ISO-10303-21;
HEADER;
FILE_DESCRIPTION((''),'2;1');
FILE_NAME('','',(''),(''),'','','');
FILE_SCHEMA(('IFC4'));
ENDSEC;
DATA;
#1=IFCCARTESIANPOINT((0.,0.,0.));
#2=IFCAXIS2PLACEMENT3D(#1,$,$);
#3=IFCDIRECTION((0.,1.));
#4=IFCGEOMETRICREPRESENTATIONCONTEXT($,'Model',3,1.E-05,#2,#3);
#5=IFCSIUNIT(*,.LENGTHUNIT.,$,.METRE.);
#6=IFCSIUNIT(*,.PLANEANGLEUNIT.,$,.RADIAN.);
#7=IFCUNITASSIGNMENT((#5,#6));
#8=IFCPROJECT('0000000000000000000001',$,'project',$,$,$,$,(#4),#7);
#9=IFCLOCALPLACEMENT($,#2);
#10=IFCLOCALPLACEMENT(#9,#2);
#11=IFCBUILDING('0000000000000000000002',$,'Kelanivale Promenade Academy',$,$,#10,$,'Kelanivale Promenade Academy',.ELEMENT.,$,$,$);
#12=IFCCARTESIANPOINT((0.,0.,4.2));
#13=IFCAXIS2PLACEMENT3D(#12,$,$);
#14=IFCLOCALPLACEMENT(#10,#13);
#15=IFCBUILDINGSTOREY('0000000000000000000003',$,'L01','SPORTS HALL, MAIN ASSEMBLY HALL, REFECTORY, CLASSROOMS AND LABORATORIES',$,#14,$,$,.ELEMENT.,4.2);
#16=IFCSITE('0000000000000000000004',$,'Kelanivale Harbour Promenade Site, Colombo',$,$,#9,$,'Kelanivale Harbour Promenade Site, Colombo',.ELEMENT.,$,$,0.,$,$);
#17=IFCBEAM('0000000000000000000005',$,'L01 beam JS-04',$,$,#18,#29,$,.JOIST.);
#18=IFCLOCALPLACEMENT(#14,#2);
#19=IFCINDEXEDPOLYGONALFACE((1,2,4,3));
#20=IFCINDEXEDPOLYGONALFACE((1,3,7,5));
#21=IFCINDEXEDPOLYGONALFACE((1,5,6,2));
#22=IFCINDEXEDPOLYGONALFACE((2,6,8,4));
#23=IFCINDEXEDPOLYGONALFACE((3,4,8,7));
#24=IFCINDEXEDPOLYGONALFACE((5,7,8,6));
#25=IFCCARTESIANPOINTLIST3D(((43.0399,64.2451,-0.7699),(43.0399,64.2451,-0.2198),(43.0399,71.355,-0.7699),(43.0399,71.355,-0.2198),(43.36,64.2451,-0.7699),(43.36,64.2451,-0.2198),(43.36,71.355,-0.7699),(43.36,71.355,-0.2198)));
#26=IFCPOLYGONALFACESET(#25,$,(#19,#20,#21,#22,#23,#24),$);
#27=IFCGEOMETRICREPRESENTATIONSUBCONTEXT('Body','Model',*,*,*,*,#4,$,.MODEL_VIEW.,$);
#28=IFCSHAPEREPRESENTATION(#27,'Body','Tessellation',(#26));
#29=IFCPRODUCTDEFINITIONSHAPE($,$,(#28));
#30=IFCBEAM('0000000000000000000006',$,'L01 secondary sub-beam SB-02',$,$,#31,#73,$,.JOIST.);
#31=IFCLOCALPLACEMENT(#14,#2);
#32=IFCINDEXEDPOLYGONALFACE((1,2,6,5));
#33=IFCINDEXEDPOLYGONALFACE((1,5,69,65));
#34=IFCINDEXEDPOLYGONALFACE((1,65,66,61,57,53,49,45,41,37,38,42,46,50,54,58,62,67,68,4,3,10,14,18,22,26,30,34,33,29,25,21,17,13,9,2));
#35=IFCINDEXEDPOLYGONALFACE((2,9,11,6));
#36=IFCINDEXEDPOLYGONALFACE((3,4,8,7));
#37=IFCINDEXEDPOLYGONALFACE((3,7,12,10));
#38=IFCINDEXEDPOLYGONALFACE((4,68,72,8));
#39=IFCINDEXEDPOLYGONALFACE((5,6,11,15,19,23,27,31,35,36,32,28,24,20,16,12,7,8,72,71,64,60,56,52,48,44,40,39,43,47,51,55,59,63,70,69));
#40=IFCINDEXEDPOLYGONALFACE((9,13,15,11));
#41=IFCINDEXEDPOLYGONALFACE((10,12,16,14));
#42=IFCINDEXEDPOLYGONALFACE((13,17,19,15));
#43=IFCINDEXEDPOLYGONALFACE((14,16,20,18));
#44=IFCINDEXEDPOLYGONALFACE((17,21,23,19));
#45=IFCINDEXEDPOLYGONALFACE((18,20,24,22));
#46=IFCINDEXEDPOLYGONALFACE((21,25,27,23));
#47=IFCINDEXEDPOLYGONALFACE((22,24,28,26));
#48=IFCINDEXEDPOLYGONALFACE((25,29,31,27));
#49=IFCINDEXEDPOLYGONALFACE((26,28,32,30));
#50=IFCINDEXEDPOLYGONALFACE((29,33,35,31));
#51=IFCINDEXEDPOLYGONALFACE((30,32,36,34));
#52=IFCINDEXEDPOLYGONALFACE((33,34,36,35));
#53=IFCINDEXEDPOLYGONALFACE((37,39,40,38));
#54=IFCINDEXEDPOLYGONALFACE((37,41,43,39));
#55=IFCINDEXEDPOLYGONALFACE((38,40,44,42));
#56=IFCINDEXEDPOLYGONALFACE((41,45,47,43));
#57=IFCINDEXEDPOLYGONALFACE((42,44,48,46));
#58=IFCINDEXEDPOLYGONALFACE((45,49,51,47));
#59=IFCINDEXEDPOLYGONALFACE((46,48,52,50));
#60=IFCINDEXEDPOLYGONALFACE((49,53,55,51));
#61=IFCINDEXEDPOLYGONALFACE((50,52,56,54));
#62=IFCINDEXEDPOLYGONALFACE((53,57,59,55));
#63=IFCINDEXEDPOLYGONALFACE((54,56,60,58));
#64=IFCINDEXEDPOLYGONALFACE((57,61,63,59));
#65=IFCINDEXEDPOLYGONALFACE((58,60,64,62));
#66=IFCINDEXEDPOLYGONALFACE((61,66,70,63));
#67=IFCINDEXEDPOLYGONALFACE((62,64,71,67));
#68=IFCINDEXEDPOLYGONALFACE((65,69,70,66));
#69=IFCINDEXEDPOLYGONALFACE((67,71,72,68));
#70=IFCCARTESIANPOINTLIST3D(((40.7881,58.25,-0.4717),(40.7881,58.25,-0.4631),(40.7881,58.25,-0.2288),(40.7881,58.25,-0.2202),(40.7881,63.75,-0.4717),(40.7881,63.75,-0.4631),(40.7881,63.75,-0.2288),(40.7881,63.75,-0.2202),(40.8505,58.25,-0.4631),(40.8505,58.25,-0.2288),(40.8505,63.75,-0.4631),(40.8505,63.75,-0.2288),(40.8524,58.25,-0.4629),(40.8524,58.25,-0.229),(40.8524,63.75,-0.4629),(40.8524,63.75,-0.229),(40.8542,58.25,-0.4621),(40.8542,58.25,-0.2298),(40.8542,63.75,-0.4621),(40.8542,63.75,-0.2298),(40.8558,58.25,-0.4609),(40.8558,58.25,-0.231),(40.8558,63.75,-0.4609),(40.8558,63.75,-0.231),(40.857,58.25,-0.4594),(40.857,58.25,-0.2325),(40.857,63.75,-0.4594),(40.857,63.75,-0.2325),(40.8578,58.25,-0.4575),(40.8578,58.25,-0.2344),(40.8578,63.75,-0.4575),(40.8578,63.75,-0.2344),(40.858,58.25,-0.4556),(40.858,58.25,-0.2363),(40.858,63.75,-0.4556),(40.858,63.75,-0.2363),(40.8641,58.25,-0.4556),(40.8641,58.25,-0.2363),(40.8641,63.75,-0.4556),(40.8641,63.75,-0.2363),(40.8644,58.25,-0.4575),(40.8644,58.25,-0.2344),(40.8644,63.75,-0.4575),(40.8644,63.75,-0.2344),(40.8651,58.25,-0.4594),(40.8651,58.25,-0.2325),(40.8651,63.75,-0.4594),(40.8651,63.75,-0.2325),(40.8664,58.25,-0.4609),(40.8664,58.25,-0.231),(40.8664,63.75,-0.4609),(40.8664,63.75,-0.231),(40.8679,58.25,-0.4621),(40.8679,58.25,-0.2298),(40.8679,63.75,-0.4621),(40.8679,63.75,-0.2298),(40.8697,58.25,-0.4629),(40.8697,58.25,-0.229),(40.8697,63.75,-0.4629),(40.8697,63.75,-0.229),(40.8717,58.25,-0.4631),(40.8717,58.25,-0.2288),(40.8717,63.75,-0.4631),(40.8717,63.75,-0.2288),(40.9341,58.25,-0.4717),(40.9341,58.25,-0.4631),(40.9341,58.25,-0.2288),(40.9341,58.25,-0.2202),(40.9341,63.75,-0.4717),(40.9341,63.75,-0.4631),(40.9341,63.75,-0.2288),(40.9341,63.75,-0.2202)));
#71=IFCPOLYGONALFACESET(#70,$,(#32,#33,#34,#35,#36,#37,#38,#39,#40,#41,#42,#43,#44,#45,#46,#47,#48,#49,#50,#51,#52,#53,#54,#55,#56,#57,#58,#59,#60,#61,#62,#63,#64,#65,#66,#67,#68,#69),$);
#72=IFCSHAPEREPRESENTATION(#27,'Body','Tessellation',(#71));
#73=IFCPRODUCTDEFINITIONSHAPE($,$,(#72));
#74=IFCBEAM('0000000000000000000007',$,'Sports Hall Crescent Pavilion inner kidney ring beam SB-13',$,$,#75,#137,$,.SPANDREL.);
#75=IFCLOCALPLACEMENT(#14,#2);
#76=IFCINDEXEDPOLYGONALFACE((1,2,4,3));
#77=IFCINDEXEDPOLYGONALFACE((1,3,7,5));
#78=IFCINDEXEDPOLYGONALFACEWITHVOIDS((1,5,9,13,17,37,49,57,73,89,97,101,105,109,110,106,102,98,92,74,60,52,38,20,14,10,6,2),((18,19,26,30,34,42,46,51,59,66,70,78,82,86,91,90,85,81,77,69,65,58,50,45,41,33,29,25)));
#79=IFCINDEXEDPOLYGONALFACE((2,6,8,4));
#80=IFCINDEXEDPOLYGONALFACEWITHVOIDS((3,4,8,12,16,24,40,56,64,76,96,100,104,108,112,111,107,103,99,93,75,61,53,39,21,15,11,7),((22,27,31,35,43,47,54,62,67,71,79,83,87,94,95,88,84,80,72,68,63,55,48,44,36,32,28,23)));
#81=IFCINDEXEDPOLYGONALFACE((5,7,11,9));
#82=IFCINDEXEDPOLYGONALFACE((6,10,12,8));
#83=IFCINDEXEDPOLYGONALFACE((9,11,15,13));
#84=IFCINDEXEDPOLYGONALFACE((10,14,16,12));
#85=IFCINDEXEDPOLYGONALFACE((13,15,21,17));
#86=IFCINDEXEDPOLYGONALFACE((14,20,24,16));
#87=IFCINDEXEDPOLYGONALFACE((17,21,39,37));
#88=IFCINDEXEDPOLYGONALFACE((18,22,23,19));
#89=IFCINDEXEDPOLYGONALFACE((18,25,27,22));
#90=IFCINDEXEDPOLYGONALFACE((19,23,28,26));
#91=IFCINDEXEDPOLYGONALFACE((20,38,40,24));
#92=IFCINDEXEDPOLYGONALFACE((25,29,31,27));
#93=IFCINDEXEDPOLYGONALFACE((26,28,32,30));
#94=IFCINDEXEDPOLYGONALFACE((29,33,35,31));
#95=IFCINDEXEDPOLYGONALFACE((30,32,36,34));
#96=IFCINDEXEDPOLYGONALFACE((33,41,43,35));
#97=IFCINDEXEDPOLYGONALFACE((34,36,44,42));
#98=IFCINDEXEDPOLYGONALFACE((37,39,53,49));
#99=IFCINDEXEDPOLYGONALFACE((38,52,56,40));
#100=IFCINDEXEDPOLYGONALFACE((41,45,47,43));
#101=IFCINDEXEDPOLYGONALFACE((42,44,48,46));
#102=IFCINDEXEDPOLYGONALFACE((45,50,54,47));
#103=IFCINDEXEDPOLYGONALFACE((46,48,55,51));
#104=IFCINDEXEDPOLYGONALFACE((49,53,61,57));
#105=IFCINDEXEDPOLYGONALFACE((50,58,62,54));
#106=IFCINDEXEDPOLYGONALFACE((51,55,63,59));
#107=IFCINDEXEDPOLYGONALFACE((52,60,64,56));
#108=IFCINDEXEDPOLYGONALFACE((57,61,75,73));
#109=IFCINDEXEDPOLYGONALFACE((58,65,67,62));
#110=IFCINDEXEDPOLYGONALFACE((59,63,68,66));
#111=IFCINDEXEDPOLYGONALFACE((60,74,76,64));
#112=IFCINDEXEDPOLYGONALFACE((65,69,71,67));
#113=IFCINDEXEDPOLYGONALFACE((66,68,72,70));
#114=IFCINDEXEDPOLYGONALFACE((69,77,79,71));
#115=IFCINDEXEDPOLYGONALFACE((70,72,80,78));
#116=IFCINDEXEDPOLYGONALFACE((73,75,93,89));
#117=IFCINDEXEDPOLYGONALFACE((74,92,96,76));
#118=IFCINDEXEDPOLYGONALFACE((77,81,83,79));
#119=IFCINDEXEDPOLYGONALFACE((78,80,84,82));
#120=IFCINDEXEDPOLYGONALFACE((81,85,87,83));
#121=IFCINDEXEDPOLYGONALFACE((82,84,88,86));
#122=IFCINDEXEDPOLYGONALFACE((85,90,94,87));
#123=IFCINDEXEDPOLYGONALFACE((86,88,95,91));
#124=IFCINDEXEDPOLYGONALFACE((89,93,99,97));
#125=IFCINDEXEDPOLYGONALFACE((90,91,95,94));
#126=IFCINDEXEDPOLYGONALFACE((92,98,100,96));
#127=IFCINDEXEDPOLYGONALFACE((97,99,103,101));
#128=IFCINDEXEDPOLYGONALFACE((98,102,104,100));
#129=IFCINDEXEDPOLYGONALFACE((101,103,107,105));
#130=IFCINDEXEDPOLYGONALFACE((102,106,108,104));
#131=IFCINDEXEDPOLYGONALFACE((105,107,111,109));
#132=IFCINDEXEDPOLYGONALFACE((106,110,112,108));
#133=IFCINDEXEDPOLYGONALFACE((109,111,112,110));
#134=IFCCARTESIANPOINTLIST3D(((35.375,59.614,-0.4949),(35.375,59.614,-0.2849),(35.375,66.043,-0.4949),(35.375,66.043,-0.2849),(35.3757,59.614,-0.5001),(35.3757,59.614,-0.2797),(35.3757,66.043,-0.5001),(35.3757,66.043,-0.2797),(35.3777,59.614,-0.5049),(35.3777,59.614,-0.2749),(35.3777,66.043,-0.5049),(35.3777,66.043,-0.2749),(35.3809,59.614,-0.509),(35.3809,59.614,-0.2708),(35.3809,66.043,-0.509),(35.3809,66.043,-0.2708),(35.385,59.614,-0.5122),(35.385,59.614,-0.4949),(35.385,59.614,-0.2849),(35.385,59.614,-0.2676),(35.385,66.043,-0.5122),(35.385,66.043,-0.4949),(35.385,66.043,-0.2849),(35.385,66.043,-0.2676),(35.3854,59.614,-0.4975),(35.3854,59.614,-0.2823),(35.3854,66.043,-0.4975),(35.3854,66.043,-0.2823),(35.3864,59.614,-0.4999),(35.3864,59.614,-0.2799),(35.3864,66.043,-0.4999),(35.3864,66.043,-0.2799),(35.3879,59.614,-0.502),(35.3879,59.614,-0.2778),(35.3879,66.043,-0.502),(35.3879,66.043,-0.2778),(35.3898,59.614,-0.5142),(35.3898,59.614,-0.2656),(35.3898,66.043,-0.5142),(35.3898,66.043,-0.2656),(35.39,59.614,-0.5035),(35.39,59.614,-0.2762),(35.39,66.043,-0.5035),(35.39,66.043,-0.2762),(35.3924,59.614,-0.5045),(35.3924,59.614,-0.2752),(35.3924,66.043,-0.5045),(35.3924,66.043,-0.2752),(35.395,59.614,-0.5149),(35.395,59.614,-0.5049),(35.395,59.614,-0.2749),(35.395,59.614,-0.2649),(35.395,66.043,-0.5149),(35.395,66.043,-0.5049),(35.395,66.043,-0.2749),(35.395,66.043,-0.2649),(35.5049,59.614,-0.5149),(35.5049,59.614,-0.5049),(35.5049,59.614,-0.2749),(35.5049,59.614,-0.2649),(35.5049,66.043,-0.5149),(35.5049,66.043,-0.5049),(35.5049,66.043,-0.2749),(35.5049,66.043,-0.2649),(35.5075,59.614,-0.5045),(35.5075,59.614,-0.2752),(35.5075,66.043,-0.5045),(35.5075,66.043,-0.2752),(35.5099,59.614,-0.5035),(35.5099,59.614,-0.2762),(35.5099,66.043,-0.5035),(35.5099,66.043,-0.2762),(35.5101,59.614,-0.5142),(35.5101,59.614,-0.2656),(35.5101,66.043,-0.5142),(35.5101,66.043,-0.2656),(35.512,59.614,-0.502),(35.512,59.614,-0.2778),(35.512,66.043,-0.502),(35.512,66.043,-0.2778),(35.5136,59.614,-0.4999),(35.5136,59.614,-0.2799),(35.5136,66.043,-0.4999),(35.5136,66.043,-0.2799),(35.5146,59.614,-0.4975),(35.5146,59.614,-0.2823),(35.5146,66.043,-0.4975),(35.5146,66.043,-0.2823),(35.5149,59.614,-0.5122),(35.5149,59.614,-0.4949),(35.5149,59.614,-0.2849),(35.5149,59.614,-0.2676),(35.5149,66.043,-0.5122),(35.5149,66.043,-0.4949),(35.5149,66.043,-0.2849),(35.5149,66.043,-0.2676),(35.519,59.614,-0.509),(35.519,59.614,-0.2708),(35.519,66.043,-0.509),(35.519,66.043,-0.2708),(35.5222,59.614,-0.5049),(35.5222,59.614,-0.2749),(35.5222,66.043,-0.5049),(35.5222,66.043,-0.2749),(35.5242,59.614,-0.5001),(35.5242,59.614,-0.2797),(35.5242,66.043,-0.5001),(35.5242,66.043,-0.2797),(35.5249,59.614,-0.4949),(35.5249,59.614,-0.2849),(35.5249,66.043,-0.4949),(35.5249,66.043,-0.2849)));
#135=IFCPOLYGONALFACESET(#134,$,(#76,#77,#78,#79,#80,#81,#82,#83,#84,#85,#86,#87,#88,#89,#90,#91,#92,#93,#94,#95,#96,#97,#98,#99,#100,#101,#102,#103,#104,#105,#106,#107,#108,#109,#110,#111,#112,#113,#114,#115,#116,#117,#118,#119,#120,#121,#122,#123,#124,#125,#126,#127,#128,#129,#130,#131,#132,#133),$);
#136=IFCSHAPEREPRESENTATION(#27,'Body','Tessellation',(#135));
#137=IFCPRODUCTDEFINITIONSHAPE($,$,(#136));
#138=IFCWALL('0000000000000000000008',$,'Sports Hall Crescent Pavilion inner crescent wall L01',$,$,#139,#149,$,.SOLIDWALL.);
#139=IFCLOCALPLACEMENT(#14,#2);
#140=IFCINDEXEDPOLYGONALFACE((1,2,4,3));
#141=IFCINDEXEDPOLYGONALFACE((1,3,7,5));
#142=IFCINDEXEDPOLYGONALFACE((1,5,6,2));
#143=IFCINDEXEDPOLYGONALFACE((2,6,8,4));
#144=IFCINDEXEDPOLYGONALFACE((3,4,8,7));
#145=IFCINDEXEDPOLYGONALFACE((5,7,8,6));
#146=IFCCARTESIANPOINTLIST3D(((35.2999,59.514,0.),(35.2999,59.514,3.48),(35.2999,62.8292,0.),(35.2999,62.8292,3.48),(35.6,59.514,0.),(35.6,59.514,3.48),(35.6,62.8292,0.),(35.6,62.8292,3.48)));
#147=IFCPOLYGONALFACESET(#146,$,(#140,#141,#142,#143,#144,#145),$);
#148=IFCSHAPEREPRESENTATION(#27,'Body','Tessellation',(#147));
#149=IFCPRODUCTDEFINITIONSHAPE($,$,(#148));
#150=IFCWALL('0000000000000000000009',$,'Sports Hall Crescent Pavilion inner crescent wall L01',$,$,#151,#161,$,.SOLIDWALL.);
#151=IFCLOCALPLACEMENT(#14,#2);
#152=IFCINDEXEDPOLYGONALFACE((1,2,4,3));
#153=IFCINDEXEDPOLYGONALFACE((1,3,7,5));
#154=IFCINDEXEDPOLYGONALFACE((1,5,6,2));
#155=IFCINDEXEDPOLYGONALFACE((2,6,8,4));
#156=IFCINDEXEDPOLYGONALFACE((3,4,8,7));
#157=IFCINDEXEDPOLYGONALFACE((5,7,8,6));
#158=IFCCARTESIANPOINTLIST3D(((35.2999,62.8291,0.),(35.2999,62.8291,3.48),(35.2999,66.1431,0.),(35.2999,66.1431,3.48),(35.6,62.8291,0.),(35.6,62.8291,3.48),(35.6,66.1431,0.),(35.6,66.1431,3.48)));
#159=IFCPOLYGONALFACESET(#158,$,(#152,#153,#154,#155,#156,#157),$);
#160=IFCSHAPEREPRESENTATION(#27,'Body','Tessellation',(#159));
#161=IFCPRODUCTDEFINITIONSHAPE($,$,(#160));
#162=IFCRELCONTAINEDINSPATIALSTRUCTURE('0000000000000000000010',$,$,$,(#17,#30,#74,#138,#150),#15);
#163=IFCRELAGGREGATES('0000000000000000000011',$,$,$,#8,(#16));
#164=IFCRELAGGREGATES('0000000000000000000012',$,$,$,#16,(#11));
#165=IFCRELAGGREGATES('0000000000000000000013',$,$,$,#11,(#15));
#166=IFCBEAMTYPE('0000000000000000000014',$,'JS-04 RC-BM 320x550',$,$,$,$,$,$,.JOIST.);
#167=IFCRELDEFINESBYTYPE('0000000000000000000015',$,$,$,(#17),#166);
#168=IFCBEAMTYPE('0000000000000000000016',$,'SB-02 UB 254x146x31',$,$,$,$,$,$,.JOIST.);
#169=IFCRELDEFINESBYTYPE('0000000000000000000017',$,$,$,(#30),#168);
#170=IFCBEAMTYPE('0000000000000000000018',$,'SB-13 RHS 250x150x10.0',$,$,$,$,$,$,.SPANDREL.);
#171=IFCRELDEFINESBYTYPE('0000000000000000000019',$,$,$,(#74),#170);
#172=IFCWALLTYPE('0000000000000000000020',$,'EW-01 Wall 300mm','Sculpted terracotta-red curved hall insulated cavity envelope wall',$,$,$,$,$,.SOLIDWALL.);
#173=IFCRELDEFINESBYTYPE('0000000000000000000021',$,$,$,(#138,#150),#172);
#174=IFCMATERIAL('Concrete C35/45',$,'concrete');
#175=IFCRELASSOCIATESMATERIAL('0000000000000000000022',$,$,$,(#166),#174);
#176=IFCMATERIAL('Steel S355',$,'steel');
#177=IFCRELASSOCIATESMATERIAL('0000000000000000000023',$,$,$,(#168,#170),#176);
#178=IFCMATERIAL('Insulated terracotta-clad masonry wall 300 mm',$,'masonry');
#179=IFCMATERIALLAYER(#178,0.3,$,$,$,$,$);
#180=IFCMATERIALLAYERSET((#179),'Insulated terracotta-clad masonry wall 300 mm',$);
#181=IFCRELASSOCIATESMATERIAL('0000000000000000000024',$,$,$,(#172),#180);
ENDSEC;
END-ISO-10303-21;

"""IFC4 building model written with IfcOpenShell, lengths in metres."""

from ifc_helpers import new_model, si_unit, direction, frame, frame_2d, origin, origin_2d, place, context, subcontext, project, spatial, rectangle, hollow_rectangle, i_section, extrude, material, layer, layer_set, material_profile, profile_set, type_object, element, save


model = new_model("IFC4")

# Units and contexts
model_context = context("Model", 3, precision=1e-05, world=origin(), true_north=direction((0.0, 1.0)))
body_context = subcontext(model_context, "Body", "Model", "MODEL_VIEW")
ifc_project = project(units=[si_unit("LENGTHUNIT", "METRE"), si_unit("PLANEANGLEUNIT", "RADIAN")], contexts=[model_context])

# Site, building, storey
site_placement = place(None, origin())
site = spatial("IfcSite", under=ifc_project, at=site_placement, Name="Kelanivale Harbour Promenade Site, Colombo", LongName="Kelanivale Harbour Promenade Site, Colombo", CompositionType="ELEMENT", RefElevation=0.0)
building_placement = place(site_placement, origin())
building = spatial("IfcBuilding", under=site, at=building_placement, Name="Kelanivale Promenade Academy", LongName="Kelanivale Promenade Academy", CompositionType="ELEMENT")
storey_placement = place(building_placement, frame((0.0, 0.0, 4.2)))
storey = spatial("IfcBuildingStorey", under=building, at=storey_placement, Name="L01", Description="SPORTS HALL, MAIN ASSEMBLY HALL, REFECTORY, CLASSROOMS AND LABORATORIES", CompositionType="ELEMENT", Elevation=4.2)

# Shared definitions
ifc_material_1 = material(Name="Steel S355", Category="steel")

# Beams
ifc_material_2 = material(Name="Concrete C35/45", Category="concrete")
ifc_material_profile_1 = material_profile(ifc_material_2, rectangle(XDim=0.3201, YDim=0.55, at=origin_2d()), Name="RC-BM 320x550")
ifc_profile_set_1 = profile_set([ifc_material_profile_1], Name="Concrete C35/45")
beam_type_1 = type_object("IfcBeamType", Name="JS-04 RC-BM 320x550", PredefinedType="JOIST", material=ifc_profile_set_1)
beam_1_placement = place(storey_placement, frame((43.2, 64.2451, -0.4949), z_axis=(0.0, 1.0, 0.0), x_axis=(-1.0, 0.0, 0.0)))
element("IfcBeam", 1, at=beam_1_placement, inside=storey, type_object=beam_type_1, Name="L01 beam JS-04", PredefinedType="JOIST", context=body_context, shape_type="SweptSolid", body=[
    extrude(rectangle(XDim=0.3201, YDim=0.55, at=origin_2d()), origin(), (0.0, 0.0, 1.0), 7.1099),
])
ifc_material_profile_2 = material_profile(ifc_material_1, i_section(OverallWidth=0.146, OverallDepth=0.2515, WebThickness=0.0061, FlangeThickness=0.0085, FilletRadius=0.0076, at=origin_2d()), Name="UB 254x146x31")
ifc_profile_set_2 = profile_set([ifc_material_profile_2], Name="Steel S355")
beam_type_2 = type_object("IfcBeamType", Name="SB-02 UB 254x146x31", PredefinedType="JOIST", material=ifc_profile_set_2)
beam_2_placement = place(storey_placement, frame((40.8611, 58.25, -0.3459), z_axis=(0.0, 1.0, 0.0), x_axis=(-1.0, 0.0, 0.0)))
element("IfcBeam", 2, at=beam_2_placement, inside=storey, type_object=beam_type_2, Name="L01 secondary sub-beam SB-02", PredefinedType="JOIST", context=body_context, shape_type="SweptSolid", body=[
    extrude(i_section(OverallWidth=0.146, OverallDepth=0.2515, WebThickness=0.0061, FlangeThickness=0.0085, FilletRadius=0.0076, at=origin_2d()), origin(), (0.0, 0.0, 1.0), 5.5),
])
ifc_material_profile_3 = material_profile(ifc_material_1, hollow_rectangle(XDim=0.1499, YDim=0.25, WallThickness=0.01, InnerFilletRadius=0.01, OuterFilletRadius=0.02, at=origin_2d()), Name="RHS 250x150x10.0")
ifc_profile_set_3 = profile_set([ifc_material_profile_3], Name="Steel S355")
beam_type_3 = type_object("IfcBeamType", Name="SB-13 RHS 250x150x10.0", PredefinedType="SPANDREL", material=ifc_profile_set_3)
beam_3_placement = place(storey_placement, frame((35.45, 59.614, -0.3899), z_axis=(0.0, 1.0, 0.0), x_axis=(-1.0, 0.0, 0.0)))
element("IfcBeam", 3, at=beam_3_placement, inside=storey, type_object=beam_type_3, Name="Sports Hall Crescent Pavilion inner kidney ring beam SB-13", PredefinedType="SPANDREL", context=body_context, shape_type="SweptSolid", body=[
    extrude(hollow_rectangle(XDim=0.1499, YDim=0.25, WallThickness=0.01, InnerFilletRadius=0.01, OuterFilletRadius=0.02, at=origin_2d()), origin(), (0.0, 0.0, 1.0), 6.429),
])

# Walls
ifc_material_3 = material(Name="Insulated terracotta-clad masonry wall 300 mm", Category="masonry")
ifc_layer_1 = layer(ifc_material_3, 0.3)
ifc_layer_set_1 = layer_set([ifc_layer_1], Name="Insulated terracotta-clad masonry wall 300 mm")
wall_type_1 = type_object("IfcWallType", Name="EW-01 Wall 300mm", Description="Sculpted terracotta-red curved hall insulated cavity envelope wall", PredefinedType="SOLIDWALL", material=ifc_layer_set_1)
wall_1_placement = place(storey_placement, frame((35.45, 59.5139, 0.0), z_axis=(0.0, 0.0, 1.0), x_axis=(0.0, 1.0, 0.0)))
element("IfcWall", 4, at=wall_1_placement, inside=storey, type_object=wall_type_1, Name="Sports Hall Crescent Pavilion inner crescent wall L01", PredefinedType="SOLIDWALL", context=body_context, shape_type="SweptSolid", body=[
    extrude(rectangle(XDim=3.3152, YDim=0.3, at=frame_2d((1.6577, 0.0))), origin(), (0.0, 0.0, 1.0), 3.48),
])
wall_2_placement = place(storey_placement, frame((35.45, 62.8291, 0.0), z_axis=(0.0, 0.0, 1.0), x_axis=(0.0, 1.0, 0.0)))
element("IfcWall", 5, at=wall_2_placement, inside=storey, type_object=wall_type_1, Name="Sports Hall Crescent Pavilion inner crescent wall L01", PredefinedType="SOLIDWALL", context=body_context, shape_type="SweptSolid", body=[
    extrude(rectangle(XDim=3.314, YDim=0.3, at=frame_2d((1.657, 0.0))), origin(), (0.0, 0.0, 1.0), 3.48),
])

save(model, "model.ifc")
